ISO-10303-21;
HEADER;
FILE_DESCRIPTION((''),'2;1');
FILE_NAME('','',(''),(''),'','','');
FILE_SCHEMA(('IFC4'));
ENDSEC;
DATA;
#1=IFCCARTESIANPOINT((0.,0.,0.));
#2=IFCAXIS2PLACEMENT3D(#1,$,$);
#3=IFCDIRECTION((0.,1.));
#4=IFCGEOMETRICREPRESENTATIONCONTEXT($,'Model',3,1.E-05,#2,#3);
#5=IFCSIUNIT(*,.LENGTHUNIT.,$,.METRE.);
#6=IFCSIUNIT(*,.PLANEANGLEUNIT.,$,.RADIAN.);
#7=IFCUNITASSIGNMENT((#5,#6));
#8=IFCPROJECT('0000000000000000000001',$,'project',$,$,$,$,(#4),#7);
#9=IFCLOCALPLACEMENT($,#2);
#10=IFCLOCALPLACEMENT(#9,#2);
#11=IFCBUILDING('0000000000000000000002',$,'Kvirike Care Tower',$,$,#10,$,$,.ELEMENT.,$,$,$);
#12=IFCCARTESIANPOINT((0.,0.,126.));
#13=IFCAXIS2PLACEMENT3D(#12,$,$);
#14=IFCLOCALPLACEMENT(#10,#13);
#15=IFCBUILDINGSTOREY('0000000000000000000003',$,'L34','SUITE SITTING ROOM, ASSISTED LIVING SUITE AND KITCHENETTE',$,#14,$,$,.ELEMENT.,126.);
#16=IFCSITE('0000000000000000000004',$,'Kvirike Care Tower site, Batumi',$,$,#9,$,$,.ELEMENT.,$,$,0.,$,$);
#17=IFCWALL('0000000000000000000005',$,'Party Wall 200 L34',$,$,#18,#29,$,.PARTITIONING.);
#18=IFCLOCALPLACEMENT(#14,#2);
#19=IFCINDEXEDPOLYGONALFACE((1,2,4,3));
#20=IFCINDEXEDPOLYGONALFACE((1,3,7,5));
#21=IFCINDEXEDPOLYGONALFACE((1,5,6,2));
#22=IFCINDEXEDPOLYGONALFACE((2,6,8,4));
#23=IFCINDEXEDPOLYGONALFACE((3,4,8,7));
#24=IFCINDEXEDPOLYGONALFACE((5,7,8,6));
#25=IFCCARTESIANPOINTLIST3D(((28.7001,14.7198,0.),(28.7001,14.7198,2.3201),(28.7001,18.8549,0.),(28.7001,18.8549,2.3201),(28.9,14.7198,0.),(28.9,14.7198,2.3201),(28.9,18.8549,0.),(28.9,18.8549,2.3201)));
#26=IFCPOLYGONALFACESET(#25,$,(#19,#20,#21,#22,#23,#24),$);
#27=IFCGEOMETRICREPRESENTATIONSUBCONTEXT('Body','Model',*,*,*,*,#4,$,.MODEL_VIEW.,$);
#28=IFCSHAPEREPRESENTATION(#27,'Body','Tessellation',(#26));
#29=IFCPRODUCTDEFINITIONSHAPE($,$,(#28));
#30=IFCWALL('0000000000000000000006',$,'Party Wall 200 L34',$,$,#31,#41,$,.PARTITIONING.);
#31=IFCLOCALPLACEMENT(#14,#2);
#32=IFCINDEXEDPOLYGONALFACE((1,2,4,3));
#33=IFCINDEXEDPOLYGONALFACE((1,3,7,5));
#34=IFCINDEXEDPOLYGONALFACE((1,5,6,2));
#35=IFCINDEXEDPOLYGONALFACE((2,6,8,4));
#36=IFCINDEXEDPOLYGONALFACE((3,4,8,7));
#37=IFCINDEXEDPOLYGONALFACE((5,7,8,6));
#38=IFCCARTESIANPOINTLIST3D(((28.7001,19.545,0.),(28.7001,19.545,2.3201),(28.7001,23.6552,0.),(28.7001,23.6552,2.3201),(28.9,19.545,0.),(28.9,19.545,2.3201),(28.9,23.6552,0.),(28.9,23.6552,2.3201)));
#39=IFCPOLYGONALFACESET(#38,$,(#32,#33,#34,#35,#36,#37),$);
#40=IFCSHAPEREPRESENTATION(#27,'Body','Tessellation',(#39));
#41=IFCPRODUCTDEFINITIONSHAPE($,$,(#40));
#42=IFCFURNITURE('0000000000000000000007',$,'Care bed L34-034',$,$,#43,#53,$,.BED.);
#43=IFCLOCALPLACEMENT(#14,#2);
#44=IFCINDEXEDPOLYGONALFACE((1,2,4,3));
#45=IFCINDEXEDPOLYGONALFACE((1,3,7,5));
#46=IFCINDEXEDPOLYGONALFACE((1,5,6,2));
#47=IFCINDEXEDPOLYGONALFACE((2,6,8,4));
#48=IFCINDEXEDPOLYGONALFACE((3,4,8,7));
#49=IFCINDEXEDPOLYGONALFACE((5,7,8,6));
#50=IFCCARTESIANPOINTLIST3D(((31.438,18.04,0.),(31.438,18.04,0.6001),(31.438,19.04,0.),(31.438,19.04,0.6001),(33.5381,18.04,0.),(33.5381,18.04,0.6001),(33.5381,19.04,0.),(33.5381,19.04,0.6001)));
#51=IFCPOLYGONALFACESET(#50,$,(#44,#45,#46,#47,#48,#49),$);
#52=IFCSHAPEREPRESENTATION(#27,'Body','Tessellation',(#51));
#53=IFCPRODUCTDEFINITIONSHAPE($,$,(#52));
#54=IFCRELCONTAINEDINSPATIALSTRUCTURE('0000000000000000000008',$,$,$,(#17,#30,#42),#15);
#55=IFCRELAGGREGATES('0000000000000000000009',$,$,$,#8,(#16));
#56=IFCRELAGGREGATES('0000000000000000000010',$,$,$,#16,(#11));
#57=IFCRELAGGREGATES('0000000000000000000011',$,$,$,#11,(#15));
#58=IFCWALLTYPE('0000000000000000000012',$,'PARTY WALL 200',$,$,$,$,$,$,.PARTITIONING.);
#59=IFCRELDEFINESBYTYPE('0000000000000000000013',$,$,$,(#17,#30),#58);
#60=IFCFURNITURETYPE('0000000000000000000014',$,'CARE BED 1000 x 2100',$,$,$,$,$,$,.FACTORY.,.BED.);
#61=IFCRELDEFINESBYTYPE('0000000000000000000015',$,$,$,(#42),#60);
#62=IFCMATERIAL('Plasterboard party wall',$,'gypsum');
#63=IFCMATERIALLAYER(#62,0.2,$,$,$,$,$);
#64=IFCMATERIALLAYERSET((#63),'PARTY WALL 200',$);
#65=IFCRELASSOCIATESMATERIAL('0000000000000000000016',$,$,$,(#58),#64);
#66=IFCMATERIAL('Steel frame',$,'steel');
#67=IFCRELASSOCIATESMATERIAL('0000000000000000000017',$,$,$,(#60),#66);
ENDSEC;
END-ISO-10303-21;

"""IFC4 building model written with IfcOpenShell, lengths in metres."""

from ifc_helpers import new_model, si_unit, direction, frame, frame_2d, origin, origin_2d, place, context, subcontext, project, spatial, rectangle, extrude, material, layer, layer_set, type_object, element, save


model = new_model("IFC4")

# Units and contexts
model_context = context("Model", 3, precision=1e-05, world=origin(), true_north=direction((0.0, 1.0)))
body_context = subcontext(model_context, "Body", "Model", "MODEL_VIEW")
ifc_project = project(units=[si_unit("LENGTHUNIT", "METRE"), si_unit("PLANEANGLEUNIT", "RADIAN")], contexts=[model_context])

# Site, building, storey
site_placement = place(None, origin())
site = spatial("IfcSite", under=ifc_project, at=site_placement, Name="Kvirike Care Tower site, Batumi", CompositionType="ELEMENT", RefElevation=0.0)
building_placement = place(site_placement, origin())
building = spatial("IfcBuilding", under=site, at=building_placement, Name="Kvirike Care Tower", CompositionType="ELEMENT")
storey_placement = place(building_placement, frame((0.0, 0.0, 126.0)))
storey = spatial("IfcBuildingStorey", under=building, at=storey_placement, Name="L34", Description="SUITE SITTING ROOM, ASSISTED LIVING SUITE AND KITCHENETTE", CompositionType="ELEMENT", Elevation=126.0)

# Walls
ifc_material_1 = material(Name="Plasterboard party wall", Category="gypsum")
ifc_layer_1 = layer(ifc_material_1, 0.2)
ifc_layer_set_1 = layer_set([ifc_layer_1], Name="PARTY WALL 200")
wall_type_1 = type_object("IfcWallType", Name="PARTY WALL 200", PredefinedType="PARTITIONING", material=ifc_layer_set_1)
wall_1_placement = place(storey_placement, frame((28.8, 14.72, 0.0), z_axis=(0.0, 0.0, 1.0), x_axis=(0.0, 1.0, 0.0)))
element("IfcWall", 1, at=wall_1_placement, inside=storey, type_object=wall_type_1, Name="Party Wall 200 L34", PredefinedType="PARTITIONING", context=body_context, shape_type="SweptSolid", body=[
    extrude(rectangle(XDim=4.135, YDim=0.2, at=frame_2d((2.0674, 0.0))), origin(), (0.0, 0.0, 1.0), 2.3201),
])
wall_2_placement = place(storey_placement, frame((28.8, 19.5449, 0.0), z_axis=(0.0, 0.0, 1.0), x_axis=(0.0, 1.0, 0.0)))
element("IfcWall", 2, at=wall_2_placement, inside=storey, type_object=wall_type_1, Name="Party Wall 200 L34", PredefinedType="PARTITIONING", context=body_context, shape_type="SweptSolid", body=[
    extrude(rectangle(XDim=4.1101, YDim=0.2, at=frame_2d((2.0552, 0.0))), origin(), (0.0, 0.0, 1.0), 2.3201),
])

# Furniture
ifc_material_2 = material(Name="Steel frame", Category="steel")
furniture_type = type_object("IfcFurnitureType", Name="CARE BED 1000 x 2100", AssemblyPlace="FACTORY", PredefinedType="BED", material=ifc_material_2)
furniture_placement = place(storey_placement, frame((32.488, 18.54, 0.0), z_axis=(0.0, 0.0, 1.0), x_axis=(0.0, -1.0, 0.0)))
element("IfcFurniture", 3, at=furniture_placement, inside=storey, type_object=furniture_type, Name="Care bed L34-034", PredefinedType="BED", context=body_context, shape_type="SweptSolid", body=[
    extrude(rectangle(XDim=1.0, YDim=2.1001, at=origin_2d()), origin(), (0.0, 0.0, 1.0), 0.6001),
])

save(model, "model.ifc")
